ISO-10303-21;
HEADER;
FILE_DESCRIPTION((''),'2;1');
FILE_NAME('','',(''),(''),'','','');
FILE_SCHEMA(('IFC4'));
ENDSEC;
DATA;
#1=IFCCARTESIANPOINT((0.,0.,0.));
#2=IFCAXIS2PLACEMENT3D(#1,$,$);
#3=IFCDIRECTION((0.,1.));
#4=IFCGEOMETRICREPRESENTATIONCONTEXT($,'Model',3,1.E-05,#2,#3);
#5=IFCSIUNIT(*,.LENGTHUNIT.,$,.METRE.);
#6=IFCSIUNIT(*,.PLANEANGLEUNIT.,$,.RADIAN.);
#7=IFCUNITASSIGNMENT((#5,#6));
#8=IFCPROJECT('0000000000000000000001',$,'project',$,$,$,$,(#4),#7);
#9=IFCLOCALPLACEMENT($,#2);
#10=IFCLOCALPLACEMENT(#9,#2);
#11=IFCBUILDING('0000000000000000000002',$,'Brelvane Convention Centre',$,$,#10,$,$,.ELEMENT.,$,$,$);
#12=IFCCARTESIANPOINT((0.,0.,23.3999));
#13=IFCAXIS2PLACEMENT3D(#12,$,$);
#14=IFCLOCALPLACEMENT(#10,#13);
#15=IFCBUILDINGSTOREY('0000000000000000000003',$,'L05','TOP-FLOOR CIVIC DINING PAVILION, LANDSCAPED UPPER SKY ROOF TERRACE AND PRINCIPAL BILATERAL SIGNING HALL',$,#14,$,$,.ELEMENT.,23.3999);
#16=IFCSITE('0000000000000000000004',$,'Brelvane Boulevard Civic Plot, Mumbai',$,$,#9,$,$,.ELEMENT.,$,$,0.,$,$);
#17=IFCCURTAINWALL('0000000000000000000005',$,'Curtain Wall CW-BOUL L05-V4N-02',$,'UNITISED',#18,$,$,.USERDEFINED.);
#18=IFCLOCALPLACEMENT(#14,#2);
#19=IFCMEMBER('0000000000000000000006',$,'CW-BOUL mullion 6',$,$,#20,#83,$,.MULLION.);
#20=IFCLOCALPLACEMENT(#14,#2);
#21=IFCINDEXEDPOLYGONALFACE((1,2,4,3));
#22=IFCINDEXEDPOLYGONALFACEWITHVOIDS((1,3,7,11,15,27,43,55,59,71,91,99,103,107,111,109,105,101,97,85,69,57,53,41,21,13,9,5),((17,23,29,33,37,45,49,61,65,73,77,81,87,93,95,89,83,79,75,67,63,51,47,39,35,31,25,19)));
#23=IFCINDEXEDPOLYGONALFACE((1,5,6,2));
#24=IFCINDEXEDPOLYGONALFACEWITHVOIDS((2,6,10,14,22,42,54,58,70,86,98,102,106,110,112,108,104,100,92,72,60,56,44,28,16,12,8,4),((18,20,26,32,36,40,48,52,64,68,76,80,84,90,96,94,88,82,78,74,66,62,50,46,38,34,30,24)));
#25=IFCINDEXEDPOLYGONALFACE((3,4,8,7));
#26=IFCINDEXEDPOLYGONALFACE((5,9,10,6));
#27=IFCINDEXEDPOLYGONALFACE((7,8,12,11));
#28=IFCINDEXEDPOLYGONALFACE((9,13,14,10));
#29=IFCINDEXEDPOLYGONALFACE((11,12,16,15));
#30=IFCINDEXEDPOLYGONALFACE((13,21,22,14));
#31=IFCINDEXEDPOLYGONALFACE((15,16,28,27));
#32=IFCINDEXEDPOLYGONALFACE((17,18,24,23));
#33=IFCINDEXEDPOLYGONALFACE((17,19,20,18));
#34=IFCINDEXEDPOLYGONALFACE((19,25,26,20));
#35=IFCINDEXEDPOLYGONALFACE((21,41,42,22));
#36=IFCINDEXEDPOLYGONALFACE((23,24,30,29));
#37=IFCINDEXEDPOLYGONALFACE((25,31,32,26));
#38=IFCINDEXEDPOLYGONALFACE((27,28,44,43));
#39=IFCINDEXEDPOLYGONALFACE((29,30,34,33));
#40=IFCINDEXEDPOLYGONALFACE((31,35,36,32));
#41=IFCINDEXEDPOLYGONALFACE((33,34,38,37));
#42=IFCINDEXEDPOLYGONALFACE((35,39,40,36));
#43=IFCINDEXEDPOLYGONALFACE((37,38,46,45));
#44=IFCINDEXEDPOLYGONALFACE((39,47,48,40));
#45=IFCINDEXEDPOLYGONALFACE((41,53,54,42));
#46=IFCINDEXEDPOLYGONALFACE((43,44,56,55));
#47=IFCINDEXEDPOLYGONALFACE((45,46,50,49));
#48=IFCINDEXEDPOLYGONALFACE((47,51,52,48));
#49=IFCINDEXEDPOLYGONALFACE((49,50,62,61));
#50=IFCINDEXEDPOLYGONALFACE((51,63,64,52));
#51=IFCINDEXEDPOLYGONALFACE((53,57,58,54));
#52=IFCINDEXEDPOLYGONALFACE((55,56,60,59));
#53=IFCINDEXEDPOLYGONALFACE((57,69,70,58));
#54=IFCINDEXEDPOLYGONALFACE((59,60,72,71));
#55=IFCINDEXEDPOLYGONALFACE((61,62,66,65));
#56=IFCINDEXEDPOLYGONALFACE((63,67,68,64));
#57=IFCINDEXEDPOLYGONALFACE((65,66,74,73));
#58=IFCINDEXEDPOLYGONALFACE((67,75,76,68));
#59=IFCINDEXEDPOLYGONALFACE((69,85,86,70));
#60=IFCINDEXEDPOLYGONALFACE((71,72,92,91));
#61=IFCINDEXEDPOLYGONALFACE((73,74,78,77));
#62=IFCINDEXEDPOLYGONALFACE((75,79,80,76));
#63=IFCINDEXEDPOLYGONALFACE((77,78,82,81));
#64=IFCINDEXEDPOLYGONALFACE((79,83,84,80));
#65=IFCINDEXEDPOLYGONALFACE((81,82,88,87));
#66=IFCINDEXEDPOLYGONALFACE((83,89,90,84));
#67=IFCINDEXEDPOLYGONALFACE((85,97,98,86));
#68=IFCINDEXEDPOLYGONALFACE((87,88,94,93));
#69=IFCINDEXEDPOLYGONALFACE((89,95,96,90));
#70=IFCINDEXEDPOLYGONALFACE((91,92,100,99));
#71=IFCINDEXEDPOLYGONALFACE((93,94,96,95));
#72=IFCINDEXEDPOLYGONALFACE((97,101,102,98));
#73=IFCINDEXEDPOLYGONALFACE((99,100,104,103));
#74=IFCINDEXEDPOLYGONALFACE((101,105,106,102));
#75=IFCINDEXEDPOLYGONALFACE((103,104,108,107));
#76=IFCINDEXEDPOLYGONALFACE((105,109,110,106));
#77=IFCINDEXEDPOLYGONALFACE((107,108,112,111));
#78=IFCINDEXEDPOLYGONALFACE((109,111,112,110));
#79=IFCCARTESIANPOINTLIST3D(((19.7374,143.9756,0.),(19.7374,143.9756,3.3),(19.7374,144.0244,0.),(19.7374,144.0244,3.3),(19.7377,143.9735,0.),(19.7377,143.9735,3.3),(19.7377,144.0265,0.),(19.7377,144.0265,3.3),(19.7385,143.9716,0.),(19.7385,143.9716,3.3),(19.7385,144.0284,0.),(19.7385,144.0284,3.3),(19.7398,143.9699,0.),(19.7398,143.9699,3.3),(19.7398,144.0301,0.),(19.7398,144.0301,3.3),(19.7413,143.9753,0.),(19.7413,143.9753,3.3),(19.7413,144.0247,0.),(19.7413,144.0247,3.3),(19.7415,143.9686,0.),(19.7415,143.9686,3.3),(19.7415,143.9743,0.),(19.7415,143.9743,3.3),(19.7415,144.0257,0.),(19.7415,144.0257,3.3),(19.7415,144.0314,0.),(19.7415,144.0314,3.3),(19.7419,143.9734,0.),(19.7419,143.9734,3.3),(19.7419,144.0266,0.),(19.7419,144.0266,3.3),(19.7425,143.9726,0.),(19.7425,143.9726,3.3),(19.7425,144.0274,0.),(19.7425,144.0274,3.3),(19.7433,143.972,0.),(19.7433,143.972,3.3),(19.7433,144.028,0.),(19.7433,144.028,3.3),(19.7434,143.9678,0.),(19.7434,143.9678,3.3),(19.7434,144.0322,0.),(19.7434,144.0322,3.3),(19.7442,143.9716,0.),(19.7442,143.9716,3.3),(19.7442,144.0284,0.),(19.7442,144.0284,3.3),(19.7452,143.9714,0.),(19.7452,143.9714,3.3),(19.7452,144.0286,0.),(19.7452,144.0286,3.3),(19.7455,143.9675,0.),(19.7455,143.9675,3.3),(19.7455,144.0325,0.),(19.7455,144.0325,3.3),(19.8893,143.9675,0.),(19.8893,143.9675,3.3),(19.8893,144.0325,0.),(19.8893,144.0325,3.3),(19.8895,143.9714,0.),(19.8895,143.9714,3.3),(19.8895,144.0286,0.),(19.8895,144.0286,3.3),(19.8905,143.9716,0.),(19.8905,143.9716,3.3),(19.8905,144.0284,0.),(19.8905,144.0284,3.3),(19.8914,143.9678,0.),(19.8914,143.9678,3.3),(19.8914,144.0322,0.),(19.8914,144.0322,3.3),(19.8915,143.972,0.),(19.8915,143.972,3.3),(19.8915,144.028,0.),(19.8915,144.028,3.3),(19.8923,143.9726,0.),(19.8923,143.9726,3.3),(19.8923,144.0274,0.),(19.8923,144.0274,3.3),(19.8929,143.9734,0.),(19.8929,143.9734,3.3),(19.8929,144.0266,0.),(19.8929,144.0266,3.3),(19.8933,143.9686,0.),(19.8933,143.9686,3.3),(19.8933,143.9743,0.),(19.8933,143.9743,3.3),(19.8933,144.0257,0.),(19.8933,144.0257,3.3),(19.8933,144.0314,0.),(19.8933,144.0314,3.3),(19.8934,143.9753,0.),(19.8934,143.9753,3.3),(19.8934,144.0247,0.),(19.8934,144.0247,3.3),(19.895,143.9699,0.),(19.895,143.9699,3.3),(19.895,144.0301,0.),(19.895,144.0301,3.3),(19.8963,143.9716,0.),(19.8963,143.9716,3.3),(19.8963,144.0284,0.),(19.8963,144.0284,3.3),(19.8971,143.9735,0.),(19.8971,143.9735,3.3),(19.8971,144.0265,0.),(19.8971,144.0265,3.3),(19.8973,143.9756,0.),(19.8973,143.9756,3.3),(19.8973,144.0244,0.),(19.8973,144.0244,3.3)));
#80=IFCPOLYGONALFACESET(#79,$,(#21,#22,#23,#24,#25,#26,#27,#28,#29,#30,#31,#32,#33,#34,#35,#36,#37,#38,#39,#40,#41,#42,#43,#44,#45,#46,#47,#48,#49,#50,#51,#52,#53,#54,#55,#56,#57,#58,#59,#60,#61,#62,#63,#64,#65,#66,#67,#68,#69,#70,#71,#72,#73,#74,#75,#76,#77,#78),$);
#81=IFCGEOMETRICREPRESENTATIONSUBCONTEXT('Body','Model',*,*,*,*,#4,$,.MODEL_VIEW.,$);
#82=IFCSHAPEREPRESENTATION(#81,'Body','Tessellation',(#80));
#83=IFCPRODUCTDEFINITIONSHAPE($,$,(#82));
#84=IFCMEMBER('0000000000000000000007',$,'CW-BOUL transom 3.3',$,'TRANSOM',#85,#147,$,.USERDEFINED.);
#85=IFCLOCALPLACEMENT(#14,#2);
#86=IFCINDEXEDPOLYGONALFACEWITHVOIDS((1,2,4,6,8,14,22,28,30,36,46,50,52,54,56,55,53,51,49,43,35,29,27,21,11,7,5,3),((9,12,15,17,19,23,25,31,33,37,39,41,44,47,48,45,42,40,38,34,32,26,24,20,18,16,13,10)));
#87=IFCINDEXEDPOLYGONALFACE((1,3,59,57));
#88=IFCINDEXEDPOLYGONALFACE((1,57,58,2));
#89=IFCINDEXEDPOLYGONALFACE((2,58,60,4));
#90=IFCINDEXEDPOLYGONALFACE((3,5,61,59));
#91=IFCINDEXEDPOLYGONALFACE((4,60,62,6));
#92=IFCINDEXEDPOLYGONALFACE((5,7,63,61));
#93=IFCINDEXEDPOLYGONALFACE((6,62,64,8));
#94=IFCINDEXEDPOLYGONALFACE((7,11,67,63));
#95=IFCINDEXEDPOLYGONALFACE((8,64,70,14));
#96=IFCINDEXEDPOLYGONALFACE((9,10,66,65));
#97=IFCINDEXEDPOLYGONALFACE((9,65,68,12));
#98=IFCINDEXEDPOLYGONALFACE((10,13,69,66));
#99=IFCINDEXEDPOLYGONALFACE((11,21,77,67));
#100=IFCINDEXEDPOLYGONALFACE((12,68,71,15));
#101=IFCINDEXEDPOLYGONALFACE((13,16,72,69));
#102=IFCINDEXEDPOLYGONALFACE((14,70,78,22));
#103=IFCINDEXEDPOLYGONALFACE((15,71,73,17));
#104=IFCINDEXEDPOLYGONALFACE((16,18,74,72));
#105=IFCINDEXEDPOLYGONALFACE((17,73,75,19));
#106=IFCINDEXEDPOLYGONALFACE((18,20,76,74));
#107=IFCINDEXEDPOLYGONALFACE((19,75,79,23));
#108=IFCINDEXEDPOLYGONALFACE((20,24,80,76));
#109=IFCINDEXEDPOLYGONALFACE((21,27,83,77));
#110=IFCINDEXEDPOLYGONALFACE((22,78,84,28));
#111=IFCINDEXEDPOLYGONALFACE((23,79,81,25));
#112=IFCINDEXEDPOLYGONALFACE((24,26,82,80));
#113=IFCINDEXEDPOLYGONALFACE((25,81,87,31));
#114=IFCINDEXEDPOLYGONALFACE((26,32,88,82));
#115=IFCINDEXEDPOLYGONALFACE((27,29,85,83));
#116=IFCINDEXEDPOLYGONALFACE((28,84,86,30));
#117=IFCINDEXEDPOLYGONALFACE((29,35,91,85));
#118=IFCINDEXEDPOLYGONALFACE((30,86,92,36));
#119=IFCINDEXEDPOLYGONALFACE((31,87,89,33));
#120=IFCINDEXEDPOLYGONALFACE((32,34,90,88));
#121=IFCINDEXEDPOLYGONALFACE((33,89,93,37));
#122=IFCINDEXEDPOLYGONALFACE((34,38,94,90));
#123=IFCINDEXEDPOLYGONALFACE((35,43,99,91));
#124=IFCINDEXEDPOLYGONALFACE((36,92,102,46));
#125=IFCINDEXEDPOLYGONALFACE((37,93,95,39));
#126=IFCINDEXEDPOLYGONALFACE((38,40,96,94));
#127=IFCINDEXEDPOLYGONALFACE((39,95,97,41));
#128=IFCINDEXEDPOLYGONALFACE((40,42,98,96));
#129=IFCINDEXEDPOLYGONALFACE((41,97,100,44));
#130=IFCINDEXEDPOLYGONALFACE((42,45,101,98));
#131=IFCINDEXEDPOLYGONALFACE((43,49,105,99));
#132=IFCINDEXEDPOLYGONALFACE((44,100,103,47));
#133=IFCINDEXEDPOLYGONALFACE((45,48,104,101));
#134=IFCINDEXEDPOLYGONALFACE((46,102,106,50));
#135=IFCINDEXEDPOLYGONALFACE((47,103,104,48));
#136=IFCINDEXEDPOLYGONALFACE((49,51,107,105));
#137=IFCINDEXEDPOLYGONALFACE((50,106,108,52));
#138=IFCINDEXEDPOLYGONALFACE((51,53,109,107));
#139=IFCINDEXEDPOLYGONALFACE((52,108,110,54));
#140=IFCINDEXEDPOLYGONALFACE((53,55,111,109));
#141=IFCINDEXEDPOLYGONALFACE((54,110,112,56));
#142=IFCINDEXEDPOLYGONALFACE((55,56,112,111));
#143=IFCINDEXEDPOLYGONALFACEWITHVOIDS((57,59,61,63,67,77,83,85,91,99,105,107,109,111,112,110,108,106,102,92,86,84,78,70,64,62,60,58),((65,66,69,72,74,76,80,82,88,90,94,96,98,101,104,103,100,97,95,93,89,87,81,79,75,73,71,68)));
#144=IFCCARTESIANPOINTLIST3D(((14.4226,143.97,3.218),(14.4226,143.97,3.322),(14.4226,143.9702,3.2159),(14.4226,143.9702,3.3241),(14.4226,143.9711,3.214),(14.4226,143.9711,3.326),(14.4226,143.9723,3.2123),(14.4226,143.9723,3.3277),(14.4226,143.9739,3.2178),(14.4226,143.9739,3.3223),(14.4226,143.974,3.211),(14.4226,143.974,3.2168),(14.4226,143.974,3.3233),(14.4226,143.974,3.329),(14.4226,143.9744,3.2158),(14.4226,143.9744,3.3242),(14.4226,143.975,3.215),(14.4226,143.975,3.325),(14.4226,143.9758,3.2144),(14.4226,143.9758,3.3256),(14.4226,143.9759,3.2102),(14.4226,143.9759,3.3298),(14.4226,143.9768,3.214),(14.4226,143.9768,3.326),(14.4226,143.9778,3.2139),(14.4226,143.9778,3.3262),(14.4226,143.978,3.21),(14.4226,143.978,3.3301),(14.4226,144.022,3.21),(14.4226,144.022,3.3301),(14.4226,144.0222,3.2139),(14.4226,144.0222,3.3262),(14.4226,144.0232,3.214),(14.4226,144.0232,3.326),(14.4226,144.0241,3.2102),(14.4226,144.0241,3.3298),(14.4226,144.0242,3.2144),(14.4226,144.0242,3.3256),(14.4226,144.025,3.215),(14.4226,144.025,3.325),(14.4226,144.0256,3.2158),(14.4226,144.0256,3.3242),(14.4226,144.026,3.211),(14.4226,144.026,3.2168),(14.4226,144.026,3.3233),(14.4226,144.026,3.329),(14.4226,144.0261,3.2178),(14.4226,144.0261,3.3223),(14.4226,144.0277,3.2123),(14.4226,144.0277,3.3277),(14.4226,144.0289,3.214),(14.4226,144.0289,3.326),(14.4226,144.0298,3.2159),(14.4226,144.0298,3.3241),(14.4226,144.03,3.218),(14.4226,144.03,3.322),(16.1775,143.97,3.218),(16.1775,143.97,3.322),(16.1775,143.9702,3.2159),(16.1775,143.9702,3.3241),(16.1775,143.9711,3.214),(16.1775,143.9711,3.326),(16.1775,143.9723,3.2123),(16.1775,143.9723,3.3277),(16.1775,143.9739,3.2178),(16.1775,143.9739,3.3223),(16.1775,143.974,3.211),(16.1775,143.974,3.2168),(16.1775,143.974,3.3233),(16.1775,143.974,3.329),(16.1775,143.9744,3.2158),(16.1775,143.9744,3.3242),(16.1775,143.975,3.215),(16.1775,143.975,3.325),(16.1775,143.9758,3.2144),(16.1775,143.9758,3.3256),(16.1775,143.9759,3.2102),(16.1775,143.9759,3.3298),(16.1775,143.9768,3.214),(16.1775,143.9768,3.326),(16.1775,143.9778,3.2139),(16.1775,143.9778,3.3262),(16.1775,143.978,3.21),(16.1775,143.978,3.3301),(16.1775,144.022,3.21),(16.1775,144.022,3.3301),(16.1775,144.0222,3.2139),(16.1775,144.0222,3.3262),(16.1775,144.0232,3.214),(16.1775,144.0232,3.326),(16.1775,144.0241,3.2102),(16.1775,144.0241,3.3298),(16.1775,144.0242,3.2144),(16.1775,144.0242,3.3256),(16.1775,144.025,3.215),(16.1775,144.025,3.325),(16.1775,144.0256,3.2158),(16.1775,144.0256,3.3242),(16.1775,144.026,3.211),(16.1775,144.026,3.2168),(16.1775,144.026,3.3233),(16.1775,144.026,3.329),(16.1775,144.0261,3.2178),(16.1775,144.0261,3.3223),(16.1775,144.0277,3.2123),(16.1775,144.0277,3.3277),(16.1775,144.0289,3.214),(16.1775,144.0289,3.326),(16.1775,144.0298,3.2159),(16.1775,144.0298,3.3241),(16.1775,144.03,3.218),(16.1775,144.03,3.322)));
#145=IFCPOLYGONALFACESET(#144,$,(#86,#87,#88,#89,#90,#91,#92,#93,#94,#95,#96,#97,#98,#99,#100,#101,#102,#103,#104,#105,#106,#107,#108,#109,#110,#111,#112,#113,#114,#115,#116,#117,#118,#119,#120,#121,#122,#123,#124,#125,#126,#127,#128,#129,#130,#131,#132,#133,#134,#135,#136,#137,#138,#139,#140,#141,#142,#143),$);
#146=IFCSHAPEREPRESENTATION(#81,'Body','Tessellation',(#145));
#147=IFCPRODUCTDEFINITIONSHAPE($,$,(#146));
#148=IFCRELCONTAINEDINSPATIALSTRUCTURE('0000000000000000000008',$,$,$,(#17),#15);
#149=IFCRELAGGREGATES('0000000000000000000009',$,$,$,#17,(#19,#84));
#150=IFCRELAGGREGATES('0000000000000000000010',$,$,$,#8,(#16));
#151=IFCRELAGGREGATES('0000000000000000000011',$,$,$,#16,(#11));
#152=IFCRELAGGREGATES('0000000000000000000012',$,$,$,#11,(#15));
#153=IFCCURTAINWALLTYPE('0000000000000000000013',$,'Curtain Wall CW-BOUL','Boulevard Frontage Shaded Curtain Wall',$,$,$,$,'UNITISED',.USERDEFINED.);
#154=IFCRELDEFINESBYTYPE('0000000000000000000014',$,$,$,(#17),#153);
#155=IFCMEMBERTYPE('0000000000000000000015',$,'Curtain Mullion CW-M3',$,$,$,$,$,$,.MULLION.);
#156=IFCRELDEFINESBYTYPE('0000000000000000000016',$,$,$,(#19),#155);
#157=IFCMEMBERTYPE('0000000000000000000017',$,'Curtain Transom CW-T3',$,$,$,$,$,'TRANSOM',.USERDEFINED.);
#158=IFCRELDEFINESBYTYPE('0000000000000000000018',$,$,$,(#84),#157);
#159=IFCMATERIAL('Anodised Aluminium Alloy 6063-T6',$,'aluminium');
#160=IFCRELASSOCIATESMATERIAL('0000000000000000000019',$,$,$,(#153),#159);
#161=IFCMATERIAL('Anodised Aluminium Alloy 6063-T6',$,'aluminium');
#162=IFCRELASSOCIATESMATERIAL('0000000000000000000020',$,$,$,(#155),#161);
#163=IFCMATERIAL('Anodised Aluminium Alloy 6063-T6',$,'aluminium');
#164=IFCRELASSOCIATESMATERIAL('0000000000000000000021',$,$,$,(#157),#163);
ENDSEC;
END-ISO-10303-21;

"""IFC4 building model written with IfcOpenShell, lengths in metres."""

from ifc_helpers import new_model, si_unit, direction, frame, origin, origin_2d, place, context, subcontext, project, spatial, hollow_rectangle, extrude, material, material_profile, profile_set, type_object, element, aggregate, save


model = new_model("IFC4")

# Units and contexts
model_context = context("Model", 3, precision=1e-05, world=origin(), true_north=direction((0.0, 1.0)))
body_context = subcontext(model_context, "Body", "Model", "MODEL_VIEW")
ifc_project = project(units=[si_unit("LENGTHUNIT", "METRE"), si_unit("PLANEANGLEUNIT", "RADIAN")], contexts=[model_context])

# Site, building, storey
site_placement = place(None, origin())
site = spatial("IfcSite", under=ifc_project, at=site_placement, Name="Brelvane Boulevard Civic Plot, Mumbai", CompositionType="ELEMENT", RefElevation=0.0)
building_placement = place(site_placement, origin())
building = spatial("IfcBuilding", under=site, at=building_placement, Name="Brelvane Convention Centre", CompositionType="ELEMENT")
storey_placement = place(building_placement, frame((0.0, 0.0, 23.3999)))
storey = spatial("IfcBuildingStorey", under=building, at=storey_placement, Name="L05", Description="TOP-FLOOR CIVIC DINING PAVILION, LANDSCAPED UPPER SKY ROOF TERRACE AND PRINCIPAL BILATERAL SIGNING HALL", CompositionType="ELEMENT", Elevation=23.3999)

# Curtain wall, members
ifc_material_1 = material(Name="Anodised Aluminium Alloy 6063-T6", Category="aluminium")
curtain_wall_type = type_object("IfcCurtainWallType", Name="Curtain Wall CW-BOUL", Description="Boulevard Frontage Shaded Curtain Wall", ElementType="UNITISED", PredefinedType="USERDEFINED", material=ifc_material_1)
curtain_wall_placement = place(storey_placement, origin())
curtain_wall = element("IfcCurtainWall", 1, at=curtain_wall_placement, inside=storey, type_object=curtain_wall_type, Name="Curtain Wall CW-BOUL L05-V4N-02", ObjectType="UNITISED", PredefinedType="USERDEFINED")
ifc_material_2 = material(Name="Anodised Aluminium Alloy 6063-T6", Category="aluminium")
ifc_material_profile_1 = material_profile(ifc_material_2, hollow_rectangle(XDim=0.0649, YDim=0.1599, WallThickness=0.0039, InnerFilletRadius=0.0039, OuterFilletRadius=0.0081, at=origin_2d()), Name="ALU-M 160x65x4.0")
ifc_profile_set_1 = profile_set([ifc_material_profile_1], Name="Anodised Aluminium Alloy 6063-T6")
member_type_1 = type_object("IfcMemberType", Name="Curtain Mullion CW-M3", PredefinedType="MULLION", material=ifc_profile_set_1)
member_1_placement = place(storey_placement, frame((19.8174, 144.0, 0.0), z_axis=(0.0, 0.0, 1.0), x_axis=(0.0, 1.0, 0.0)))
member_1 = element("IfcMember", 2, at=member_1_placement, type_object=member_type_1, Name="CW-BOUL mullion 6", PredefinedType="MULLION", context=body_context, shape_type="SweptSolid", body=[
    extrude(hollow_rectangle(XDim=0.0649, YDim=0.1599, WallThickness=0.0039, InnerFilletRadius=0.0039, OuterFilletRadius=0.0081, at=origin_2d()), origin(), (0.0, 0.0, 1.0), 3.3),
])
ifc_material_3 = material(Name="Anodised Aluminium Alloy 6063-T6", Category="aluminium")
ifc_material_profile_2 = material_profile(ifc_material_3, hollow_rectangle(XDim=0.0601, YDim=0.1201, WallThickness=0.0039, InnerFilletRadius=0.0039, OuterFilletRadius=0.0081, at=origin_2d()), Name="ALU-T 120x60x4.0")
ifc_profile_set_2 = profile_set([ifc_material_profile_2], Name="Anodised Aluminium Alloy 6063-T6")
member_type_2 = type_object("IfcMemberType", Name="Curtain Transom CW-T3", ElementType="TRANSOM", PredefinedType="USERDEFINED", material=ifc_profile_set_2)
member_2_placement = place(storey_placement, frame((14.4226, 144.0, 3.27), z_axis=(1.0, 0.0, 0.0), x_axis=(0.0, 1.0, 0.0)))
member_2 = element("IfcMember", 3, at=member_2_placement, type_object=member_type_2, Name="CW-BOUL transom 3.3", ObjectType="TRANSOM", PredefinedType="USERDEFINED", context=body_context, shape_type="SweptSolid", body=[
    extrude(hollow_rectangle(XDim=0.0601, YDim=0.1201, WallThickness=0.0039, InnerFilletRadius=0.0039, OuterFilletRadius=0.0081, at=origin_2d()), origin(), (0.0, 0.0, 1.0), 1.7549),
])

aggregate(curtain_wall, [member_1, member_2])

save(model, "model.ifc")
